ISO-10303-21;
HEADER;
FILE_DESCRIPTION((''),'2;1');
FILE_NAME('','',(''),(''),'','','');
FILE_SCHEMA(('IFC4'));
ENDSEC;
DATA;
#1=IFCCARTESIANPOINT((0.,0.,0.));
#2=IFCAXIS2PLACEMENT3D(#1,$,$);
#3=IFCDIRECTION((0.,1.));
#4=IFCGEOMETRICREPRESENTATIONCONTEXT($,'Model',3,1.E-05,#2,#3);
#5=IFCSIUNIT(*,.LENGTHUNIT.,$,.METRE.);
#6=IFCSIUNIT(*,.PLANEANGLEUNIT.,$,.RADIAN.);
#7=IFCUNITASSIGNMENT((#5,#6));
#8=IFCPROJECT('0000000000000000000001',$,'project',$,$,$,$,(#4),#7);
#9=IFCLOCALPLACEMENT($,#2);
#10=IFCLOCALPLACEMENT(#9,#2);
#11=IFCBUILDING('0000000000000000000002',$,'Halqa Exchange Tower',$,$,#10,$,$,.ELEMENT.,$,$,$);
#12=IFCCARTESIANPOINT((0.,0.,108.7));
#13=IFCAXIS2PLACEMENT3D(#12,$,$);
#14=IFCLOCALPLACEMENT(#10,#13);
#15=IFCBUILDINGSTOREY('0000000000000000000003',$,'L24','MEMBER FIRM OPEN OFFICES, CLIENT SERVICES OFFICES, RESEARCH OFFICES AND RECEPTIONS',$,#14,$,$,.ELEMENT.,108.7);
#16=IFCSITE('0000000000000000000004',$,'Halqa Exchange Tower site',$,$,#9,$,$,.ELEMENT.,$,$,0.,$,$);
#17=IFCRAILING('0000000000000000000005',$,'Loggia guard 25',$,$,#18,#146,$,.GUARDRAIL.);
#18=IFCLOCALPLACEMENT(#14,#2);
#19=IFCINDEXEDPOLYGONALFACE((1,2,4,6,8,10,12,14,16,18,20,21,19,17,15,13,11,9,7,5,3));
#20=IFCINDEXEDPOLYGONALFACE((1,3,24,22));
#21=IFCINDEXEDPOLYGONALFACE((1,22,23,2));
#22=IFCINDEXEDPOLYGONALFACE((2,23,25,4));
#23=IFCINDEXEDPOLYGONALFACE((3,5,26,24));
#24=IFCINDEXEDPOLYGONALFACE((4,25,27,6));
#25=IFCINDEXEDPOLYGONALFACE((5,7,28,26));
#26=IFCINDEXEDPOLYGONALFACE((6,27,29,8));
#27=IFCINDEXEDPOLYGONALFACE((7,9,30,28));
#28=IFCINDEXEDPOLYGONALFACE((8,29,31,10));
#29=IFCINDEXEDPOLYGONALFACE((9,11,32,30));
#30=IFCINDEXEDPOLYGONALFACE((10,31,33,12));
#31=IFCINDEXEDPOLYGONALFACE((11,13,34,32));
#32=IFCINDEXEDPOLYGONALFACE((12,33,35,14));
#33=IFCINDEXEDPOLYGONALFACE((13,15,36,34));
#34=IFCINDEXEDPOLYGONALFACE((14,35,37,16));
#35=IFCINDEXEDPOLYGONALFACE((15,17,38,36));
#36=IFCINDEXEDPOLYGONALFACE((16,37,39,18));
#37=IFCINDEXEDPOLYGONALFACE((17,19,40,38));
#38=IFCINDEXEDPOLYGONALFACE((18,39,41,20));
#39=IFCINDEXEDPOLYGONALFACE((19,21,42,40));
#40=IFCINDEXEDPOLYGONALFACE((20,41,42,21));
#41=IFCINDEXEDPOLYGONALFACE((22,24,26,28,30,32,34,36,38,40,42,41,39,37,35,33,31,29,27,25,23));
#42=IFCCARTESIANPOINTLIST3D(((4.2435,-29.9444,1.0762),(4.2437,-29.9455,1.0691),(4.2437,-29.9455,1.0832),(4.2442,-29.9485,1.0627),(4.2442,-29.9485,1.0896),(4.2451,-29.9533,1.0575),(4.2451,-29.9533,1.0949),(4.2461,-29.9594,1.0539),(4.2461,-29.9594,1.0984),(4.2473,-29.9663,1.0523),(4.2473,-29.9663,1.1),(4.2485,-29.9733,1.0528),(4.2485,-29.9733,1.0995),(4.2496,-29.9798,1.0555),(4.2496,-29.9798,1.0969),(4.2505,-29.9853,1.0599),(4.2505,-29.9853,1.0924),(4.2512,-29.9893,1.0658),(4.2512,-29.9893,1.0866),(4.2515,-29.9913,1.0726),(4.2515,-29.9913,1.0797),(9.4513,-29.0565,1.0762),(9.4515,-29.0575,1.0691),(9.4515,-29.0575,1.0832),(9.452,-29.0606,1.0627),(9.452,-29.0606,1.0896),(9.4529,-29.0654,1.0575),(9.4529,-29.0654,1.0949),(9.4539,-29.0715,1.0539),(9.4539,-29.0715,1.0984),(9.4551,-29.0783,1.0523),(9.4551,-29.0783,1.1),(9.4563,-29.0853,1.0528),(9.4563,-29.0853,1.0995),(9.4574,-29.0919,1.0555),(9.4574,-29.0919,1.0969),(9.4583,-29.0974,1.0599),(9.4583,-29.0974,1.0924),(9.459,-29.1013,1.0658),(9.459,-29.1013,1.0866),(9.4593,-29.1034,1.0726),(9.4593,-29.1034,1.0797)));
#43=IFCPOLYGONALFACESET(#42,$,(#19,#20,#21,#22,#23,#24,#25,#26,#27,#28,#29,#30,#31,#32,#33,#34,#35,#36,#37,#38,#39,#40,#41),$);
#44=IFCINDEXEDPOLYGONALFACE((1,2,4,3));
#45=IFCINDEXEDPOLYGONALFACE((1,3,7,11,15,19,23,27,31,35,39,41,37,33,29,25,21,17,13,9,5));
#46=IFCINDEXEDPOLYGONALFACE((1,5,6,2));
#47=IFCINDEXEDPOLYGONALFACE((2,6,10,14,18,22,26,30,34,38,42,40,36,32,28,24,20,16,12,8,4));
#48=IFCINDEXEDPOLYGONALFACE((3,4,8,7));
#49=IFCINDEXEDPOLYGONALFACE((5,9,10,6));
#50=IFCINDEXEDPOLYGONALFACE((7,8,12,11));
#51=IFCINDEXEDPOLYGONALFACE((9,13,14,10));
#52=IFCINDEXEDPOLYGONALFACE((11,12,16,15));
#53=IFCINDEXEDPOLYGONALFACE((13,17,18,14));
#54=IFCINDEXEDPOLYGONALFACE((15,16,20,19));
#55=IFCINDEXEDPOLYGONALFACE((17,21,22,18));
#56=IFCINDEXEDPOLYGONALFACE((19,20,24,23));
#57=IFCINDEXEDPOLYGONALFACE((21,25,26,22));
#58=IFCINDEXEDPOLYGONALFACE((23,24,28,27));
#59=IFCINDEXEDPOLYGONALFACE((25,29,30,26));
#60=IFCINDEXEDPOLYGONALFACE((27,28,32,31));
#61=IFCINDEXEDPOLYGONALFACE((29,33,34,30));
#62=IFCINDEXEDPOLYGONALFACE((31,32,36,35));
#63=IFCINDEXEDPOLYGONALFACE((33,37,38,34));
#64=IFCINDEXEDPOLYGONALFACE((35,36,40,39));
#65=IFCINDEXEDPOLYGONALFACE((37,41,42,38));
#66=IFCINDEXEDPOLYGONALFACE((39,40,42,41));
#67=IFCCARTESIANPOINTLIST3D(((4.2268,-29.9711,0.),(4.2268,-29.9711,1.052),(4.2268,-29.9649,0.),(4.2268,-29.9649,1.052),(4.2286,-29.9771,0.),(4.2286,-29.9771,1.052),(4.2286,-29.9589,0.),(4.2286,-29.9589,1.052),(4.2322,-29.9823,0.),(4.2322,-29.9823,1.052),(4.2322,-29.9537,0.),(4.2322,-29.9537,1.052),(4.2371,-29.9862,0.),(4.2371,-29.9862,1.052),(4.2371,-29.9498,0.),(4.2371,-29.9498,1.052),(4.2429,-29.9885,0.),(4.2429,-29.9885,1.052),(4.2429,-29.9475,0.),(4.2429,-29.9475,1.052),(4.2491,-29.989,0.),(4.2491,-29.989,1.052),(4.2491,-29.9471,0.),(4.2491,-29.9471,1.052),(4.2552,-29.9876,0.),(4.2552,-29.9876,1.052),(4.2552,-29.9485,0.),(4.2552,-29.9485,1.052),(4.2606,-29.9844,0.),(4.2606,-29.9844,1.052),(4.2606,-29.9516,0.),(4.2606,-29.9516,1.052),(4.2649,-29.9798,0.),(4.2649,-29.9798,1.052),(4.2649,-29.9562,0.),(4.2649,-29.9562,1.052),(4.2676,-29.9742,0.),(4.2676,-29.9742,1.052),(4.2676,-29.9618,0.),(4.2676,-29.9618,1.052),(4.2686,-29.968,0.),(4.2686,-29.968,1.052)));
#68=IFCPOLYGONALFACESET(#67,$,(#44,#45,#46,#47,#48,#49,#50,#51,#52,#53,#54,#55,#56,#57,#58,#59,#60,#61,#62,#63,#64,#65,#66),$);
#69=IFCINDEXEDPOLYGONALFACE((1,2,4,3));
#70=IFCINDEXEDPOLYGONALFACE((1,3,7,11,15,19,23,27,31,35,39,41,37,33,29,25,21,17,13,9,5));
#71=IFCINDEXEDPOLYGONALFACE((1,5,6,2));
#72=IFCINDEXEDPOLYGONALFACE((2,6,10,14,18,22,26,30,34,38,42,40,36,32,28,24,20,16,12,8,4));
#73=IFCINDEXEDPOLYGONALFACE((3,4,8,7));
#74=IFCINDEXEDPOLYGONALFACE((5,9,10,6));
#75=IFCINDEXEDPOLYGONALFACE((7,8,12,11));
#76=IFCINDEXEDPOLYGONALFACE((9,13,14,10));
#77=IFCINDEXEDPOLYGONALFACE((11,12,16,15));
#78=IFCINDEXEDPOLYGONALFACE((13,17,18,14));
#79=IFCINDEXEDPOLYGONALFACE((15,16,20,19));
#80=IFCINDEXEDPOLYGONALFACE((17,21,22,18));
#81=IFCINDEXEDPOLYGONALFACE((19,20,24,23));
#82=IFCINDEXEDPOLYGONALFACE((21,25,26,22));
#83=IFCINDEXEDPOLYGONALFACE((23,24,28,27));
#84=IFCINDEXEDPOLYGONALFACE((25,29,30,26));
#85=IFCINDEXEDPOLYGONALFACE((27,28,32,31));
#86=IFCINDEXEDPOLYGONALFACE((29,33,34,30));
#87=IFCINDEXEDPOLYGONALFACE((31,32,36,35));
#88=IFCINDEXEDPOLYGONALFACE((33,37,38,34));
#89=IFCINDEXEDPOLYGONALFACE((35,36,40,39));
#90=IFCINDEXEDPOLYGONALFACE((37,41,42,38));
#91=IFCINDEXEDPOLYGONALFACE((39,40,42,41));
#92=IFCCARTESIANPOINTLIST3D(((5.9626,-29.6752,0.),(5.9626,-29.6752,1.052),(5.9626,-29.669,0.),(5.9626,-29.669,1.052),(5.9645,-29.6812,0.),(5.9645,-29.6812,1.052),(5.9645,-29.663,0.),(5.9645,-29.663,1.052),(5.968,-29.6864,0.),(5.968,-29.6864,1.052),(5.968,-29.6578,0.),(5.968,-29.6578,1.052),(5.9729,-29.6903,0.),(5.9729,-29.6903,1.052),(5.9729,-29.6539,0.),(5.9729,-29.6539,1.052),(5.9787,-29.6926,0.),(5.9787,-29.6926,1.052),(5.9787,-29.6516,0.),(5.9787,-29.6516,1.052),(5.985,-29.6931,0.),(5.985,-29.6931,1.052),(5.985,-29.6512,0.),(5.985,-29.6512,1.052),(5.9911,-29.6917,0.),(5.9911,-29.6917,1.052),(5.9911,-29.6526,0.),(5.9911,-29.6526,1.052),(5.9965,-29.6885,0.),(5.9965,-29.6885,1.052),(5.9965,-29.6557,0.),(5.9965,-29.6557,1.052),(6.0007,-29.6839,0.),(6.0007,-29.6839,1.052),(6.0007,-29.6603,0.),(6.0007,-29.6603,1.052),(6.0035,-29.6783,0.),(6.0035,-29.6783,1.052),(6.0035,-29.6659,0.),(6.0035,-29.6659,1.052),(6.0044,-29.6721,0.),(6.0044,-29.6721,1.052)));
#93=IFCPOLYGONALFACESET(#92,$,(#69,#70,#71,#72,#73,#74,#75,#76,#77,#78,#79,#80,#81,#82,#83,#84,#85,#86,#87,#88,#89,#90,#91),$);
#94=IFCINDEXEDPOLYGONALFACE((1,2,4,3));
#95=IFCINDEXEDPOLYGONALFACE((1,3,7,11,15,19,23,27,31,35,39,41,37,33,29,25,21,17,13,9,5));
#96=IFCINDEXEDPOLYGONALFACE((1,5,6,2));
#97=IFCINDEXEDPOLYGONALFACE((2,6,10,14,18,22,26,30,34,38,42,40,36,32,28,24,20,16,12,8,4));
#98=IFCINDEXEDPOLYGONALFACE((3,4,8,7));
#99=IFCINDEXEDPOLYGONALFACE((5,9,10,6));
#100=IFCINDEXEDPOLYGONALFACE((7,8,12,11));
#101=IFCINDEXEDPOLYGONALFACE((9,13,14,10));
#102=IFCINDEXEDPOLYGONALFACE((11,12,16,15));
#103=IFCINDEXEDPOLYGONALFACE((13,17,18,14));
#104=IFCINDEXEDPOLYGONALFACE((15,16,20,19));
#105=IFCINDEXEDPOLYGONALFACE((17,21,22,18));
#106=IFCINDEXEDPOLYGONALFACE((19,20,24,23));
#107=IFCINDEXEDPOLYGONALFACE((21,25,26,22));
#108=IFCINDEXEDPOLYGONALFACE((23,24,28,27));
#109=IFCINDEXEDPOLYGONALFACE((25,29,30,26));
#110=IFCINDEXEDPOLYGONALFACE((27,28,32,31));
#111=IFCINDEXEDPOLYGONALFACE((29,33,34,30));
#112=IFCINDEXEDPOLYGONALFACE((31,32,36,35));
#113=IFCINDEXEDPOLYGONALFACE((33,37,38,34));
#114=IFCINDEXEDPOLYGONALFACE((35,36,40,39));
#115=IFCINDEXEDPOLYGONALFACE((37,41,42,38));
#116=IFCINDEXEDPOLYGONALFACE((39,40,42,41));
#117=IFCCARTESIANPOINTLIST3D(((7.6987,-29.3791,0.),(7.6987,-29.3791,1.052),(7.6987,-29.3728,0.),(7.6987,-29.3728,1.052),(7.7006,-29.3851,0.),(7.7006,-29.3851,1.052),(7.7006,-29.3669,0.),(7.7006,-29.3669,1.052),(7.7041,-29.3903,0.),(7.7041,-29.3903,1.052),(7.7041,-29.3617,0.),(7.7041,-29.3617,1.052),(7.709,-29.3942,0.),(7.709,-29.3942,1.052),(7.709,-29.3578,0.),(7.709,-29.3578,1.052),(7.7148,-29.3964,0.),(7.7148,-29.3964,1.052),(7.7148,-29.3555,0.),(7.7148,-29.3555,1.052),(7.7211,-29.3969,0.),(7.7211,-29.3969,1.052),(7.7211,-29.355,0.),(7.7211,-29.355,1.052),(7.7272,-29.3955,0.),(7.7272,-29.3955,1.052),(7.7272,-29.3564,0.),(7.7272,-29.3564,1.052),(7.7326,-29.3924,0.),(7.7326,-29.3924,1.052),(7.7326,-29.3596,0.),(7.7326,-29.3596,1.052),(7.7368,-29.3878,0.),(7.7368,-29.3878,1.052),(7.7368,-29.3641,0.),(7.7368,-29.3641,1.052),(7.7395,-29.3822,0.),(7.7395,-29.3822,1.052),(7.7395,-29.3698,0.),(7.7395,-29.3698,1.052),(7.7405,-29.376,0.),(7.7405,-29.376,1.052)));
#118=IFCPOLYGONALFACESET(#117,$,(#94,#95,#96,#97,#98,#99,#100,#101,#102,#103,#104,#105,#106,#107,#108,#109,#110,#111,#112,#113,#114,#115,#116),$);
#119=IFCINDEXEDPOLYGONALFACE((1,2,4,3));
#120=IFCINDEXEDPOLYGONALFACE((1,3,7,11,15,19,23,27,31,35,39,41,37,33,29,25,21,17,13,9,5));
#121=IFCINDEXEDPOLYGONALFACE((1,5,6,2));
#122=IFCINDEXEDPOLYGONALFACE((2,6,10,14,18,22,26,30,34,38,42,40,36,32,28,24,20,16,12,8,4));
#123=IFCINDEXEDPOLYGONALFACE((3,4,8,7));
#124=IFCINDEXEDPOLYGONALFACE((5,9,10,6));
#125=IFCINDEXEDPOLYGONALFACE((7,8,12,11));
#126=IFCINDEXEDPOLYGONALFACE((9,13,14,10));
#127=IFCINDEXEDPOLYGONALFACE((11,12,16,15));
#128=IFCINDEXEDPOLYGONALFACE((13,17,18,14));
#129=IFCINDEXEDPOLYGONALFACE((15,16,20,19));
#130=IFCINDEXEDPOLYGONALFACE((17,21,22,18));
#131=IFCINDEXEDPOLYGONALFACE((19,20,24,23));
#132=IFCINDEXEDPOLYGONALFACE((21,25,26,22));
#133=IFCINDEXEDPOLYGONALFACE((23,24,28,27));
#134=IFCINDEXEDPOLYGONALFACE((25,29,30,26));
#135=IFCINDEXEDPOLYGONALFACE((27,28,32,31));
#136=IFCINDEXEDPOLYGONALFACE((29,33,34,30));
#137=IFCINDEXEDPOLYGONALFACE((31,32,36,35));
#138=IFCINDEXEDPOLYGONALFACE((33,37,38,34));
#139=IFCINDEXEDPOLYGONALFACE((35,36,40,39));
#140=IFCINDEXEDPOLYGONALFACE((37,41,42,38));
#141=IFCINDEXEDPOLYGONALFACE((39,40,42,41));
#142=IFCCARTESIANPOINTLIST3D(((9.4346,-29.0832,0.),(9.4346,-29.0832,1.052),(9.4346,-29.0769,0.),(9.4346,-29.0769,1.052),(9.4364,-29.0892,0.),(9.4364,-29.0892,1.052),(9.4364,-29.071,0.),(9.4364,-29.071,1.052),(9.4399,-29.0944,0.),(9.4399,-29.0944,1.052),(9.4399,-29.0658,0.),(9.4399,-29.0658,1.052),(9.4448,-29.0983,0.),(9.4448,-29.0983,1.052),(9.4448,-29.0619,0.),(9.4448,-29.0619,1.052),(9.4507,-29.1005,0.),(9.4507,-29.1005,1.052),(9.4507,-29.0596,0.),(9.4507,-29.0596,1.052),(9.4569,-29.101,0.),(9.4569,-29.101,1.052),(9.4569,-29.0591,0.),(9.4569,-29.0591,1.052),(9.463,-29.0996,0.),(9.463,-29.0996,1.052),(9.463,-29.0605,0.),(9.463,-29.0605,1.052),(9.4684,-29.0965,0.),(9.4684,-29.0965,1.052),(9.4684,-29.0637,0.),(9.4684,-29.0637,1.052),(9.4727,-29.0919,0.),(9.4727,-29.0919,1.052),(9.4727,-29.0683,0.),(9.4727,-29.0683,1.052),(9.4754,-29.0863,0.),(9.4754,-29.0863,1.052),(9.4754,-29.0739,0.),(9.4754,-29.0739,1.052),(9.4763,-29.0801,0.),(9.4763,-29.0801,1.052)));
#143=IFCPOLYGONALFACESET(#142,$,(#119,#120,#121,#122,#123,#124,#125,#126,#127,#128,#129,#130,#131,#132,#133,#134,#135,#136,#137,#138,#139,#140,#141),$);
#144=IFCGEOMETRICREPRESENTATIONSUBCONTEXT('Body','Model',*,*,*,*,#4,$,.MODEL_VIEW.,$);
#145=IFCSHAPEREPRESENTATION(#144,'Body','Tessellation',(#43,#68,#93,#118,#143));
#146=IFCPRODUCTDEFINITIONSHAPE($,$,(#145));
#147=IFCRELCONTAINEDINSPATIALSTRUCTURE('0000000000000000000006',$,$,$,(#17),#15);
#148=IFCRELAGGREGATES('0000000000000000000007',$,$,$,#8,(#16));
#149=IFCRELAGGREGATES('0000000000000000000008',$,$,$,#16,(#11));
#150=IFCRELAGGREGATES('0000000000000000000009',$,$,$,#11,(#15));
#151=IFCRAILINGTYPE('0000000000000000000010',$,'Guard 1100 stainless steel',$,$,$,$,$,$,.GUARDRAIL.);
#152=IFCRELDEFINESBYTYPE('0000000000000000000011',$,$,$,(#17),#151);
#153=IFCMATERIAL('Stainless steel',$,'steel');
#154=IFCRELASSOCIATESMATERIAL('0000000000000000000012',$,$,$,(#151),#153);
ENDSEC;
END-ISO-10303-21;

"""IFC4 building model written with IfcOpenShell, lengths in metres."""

from ifc_helpers import new_model, si_unit, direction, frame, origin, origin_2d, place, context, subcontext, project, spatial, circle, extrude, material, type_object, element, save


model = new_model("IFC4")

# Units and contexts
model_context = context("Model", 3, precision=1e-05, world=origin(), true_north=direction((0.0, 1.0)))
body_context = subcontext(model_context, "Body", "Model", "MODEL_VIEW")
ifc_project = project(units=[si_unit("LENGTHUNIT", "METRE"), si_unit("PLANEANGLEUNIT", "RADIAN")], contexts=[model_context])

# Site, building, storey
site_placement = place(None, origin())
site = spatial("IfcSite", under=ifc_project, at=site_placement, Name="Halqa Exchange Tower site", CompositionType="ELEMENT", RefElevation=0.0)
building_placement = place(site_placement, origin())
building = spatial("IfcBuilding", under=site, at=building_placement, Name="Halqa Exchange Tower", CompositionType="ELEMENT")
storey_placement = place(building_placement, frame((0.0, 0.0, 108.7)))
storey = spatial("IfcBuildingStorey", under=building, at=storey_placement, Name="L24", Description="MEMBER FIRM OPEN OFFICES, CLIENT SERVICES OFFICES, RESEARCH OFFICES AND RECEPTIONS", CompositionType="ELEMENT", Elevation=108.7)

# Railing
ifc_material_1 = material(Name="Stainless steel", Category="steel")
railing_type = type_object("IfcRailingType", Name="Guard 1100 stainless steel", PredefinedType="GUARDRAIL", material=ifc_material_1)
railing_1_placement = place(storey_placement, frame((4.2476, -29.968, 0.0)))
element("IfcRailing", 1, at=railing_1_placement, inside=storey, type_object=railing_type, Name="Loggia guard 25", PredefinedType="GUARDRAIL", context=body_context, shape_type="SweptSolid", body=[
    extrude(circle(Radius=0.0239, at=origin_2d()), frame((0.0, 0.0, 1.0762), z_axis=(0.985774, 0.168077, 0.0), x_axis=(-0.168077, 0.985774, 0.0)), (0.0, 0.0, 1.0), 5.283),
    extrude(circle(Radius=0.021, at=origin_2d()), origin(), (0.0, 0.0, 1.0), 1.052),
    extrude(circle(Radius=0.021, at=origin_2d()), frame((1.7358, 0.2959, 0.0)), (0.0, 0.0, 1.0), 1.052),
    extrude(circle(Radius=0.021, at=origin_2d()), frame((3.4719, 0.592, 0.0)), (0.0, 0.0, 1.0), 1.052),
    extrude(circle(Radius=0.021, at=origin_2d()), frame((5.2078, 0.8879, 0.0)), (0.0, 0.0, 1.0), 1.052),
])

save(model, "model.ifc")
